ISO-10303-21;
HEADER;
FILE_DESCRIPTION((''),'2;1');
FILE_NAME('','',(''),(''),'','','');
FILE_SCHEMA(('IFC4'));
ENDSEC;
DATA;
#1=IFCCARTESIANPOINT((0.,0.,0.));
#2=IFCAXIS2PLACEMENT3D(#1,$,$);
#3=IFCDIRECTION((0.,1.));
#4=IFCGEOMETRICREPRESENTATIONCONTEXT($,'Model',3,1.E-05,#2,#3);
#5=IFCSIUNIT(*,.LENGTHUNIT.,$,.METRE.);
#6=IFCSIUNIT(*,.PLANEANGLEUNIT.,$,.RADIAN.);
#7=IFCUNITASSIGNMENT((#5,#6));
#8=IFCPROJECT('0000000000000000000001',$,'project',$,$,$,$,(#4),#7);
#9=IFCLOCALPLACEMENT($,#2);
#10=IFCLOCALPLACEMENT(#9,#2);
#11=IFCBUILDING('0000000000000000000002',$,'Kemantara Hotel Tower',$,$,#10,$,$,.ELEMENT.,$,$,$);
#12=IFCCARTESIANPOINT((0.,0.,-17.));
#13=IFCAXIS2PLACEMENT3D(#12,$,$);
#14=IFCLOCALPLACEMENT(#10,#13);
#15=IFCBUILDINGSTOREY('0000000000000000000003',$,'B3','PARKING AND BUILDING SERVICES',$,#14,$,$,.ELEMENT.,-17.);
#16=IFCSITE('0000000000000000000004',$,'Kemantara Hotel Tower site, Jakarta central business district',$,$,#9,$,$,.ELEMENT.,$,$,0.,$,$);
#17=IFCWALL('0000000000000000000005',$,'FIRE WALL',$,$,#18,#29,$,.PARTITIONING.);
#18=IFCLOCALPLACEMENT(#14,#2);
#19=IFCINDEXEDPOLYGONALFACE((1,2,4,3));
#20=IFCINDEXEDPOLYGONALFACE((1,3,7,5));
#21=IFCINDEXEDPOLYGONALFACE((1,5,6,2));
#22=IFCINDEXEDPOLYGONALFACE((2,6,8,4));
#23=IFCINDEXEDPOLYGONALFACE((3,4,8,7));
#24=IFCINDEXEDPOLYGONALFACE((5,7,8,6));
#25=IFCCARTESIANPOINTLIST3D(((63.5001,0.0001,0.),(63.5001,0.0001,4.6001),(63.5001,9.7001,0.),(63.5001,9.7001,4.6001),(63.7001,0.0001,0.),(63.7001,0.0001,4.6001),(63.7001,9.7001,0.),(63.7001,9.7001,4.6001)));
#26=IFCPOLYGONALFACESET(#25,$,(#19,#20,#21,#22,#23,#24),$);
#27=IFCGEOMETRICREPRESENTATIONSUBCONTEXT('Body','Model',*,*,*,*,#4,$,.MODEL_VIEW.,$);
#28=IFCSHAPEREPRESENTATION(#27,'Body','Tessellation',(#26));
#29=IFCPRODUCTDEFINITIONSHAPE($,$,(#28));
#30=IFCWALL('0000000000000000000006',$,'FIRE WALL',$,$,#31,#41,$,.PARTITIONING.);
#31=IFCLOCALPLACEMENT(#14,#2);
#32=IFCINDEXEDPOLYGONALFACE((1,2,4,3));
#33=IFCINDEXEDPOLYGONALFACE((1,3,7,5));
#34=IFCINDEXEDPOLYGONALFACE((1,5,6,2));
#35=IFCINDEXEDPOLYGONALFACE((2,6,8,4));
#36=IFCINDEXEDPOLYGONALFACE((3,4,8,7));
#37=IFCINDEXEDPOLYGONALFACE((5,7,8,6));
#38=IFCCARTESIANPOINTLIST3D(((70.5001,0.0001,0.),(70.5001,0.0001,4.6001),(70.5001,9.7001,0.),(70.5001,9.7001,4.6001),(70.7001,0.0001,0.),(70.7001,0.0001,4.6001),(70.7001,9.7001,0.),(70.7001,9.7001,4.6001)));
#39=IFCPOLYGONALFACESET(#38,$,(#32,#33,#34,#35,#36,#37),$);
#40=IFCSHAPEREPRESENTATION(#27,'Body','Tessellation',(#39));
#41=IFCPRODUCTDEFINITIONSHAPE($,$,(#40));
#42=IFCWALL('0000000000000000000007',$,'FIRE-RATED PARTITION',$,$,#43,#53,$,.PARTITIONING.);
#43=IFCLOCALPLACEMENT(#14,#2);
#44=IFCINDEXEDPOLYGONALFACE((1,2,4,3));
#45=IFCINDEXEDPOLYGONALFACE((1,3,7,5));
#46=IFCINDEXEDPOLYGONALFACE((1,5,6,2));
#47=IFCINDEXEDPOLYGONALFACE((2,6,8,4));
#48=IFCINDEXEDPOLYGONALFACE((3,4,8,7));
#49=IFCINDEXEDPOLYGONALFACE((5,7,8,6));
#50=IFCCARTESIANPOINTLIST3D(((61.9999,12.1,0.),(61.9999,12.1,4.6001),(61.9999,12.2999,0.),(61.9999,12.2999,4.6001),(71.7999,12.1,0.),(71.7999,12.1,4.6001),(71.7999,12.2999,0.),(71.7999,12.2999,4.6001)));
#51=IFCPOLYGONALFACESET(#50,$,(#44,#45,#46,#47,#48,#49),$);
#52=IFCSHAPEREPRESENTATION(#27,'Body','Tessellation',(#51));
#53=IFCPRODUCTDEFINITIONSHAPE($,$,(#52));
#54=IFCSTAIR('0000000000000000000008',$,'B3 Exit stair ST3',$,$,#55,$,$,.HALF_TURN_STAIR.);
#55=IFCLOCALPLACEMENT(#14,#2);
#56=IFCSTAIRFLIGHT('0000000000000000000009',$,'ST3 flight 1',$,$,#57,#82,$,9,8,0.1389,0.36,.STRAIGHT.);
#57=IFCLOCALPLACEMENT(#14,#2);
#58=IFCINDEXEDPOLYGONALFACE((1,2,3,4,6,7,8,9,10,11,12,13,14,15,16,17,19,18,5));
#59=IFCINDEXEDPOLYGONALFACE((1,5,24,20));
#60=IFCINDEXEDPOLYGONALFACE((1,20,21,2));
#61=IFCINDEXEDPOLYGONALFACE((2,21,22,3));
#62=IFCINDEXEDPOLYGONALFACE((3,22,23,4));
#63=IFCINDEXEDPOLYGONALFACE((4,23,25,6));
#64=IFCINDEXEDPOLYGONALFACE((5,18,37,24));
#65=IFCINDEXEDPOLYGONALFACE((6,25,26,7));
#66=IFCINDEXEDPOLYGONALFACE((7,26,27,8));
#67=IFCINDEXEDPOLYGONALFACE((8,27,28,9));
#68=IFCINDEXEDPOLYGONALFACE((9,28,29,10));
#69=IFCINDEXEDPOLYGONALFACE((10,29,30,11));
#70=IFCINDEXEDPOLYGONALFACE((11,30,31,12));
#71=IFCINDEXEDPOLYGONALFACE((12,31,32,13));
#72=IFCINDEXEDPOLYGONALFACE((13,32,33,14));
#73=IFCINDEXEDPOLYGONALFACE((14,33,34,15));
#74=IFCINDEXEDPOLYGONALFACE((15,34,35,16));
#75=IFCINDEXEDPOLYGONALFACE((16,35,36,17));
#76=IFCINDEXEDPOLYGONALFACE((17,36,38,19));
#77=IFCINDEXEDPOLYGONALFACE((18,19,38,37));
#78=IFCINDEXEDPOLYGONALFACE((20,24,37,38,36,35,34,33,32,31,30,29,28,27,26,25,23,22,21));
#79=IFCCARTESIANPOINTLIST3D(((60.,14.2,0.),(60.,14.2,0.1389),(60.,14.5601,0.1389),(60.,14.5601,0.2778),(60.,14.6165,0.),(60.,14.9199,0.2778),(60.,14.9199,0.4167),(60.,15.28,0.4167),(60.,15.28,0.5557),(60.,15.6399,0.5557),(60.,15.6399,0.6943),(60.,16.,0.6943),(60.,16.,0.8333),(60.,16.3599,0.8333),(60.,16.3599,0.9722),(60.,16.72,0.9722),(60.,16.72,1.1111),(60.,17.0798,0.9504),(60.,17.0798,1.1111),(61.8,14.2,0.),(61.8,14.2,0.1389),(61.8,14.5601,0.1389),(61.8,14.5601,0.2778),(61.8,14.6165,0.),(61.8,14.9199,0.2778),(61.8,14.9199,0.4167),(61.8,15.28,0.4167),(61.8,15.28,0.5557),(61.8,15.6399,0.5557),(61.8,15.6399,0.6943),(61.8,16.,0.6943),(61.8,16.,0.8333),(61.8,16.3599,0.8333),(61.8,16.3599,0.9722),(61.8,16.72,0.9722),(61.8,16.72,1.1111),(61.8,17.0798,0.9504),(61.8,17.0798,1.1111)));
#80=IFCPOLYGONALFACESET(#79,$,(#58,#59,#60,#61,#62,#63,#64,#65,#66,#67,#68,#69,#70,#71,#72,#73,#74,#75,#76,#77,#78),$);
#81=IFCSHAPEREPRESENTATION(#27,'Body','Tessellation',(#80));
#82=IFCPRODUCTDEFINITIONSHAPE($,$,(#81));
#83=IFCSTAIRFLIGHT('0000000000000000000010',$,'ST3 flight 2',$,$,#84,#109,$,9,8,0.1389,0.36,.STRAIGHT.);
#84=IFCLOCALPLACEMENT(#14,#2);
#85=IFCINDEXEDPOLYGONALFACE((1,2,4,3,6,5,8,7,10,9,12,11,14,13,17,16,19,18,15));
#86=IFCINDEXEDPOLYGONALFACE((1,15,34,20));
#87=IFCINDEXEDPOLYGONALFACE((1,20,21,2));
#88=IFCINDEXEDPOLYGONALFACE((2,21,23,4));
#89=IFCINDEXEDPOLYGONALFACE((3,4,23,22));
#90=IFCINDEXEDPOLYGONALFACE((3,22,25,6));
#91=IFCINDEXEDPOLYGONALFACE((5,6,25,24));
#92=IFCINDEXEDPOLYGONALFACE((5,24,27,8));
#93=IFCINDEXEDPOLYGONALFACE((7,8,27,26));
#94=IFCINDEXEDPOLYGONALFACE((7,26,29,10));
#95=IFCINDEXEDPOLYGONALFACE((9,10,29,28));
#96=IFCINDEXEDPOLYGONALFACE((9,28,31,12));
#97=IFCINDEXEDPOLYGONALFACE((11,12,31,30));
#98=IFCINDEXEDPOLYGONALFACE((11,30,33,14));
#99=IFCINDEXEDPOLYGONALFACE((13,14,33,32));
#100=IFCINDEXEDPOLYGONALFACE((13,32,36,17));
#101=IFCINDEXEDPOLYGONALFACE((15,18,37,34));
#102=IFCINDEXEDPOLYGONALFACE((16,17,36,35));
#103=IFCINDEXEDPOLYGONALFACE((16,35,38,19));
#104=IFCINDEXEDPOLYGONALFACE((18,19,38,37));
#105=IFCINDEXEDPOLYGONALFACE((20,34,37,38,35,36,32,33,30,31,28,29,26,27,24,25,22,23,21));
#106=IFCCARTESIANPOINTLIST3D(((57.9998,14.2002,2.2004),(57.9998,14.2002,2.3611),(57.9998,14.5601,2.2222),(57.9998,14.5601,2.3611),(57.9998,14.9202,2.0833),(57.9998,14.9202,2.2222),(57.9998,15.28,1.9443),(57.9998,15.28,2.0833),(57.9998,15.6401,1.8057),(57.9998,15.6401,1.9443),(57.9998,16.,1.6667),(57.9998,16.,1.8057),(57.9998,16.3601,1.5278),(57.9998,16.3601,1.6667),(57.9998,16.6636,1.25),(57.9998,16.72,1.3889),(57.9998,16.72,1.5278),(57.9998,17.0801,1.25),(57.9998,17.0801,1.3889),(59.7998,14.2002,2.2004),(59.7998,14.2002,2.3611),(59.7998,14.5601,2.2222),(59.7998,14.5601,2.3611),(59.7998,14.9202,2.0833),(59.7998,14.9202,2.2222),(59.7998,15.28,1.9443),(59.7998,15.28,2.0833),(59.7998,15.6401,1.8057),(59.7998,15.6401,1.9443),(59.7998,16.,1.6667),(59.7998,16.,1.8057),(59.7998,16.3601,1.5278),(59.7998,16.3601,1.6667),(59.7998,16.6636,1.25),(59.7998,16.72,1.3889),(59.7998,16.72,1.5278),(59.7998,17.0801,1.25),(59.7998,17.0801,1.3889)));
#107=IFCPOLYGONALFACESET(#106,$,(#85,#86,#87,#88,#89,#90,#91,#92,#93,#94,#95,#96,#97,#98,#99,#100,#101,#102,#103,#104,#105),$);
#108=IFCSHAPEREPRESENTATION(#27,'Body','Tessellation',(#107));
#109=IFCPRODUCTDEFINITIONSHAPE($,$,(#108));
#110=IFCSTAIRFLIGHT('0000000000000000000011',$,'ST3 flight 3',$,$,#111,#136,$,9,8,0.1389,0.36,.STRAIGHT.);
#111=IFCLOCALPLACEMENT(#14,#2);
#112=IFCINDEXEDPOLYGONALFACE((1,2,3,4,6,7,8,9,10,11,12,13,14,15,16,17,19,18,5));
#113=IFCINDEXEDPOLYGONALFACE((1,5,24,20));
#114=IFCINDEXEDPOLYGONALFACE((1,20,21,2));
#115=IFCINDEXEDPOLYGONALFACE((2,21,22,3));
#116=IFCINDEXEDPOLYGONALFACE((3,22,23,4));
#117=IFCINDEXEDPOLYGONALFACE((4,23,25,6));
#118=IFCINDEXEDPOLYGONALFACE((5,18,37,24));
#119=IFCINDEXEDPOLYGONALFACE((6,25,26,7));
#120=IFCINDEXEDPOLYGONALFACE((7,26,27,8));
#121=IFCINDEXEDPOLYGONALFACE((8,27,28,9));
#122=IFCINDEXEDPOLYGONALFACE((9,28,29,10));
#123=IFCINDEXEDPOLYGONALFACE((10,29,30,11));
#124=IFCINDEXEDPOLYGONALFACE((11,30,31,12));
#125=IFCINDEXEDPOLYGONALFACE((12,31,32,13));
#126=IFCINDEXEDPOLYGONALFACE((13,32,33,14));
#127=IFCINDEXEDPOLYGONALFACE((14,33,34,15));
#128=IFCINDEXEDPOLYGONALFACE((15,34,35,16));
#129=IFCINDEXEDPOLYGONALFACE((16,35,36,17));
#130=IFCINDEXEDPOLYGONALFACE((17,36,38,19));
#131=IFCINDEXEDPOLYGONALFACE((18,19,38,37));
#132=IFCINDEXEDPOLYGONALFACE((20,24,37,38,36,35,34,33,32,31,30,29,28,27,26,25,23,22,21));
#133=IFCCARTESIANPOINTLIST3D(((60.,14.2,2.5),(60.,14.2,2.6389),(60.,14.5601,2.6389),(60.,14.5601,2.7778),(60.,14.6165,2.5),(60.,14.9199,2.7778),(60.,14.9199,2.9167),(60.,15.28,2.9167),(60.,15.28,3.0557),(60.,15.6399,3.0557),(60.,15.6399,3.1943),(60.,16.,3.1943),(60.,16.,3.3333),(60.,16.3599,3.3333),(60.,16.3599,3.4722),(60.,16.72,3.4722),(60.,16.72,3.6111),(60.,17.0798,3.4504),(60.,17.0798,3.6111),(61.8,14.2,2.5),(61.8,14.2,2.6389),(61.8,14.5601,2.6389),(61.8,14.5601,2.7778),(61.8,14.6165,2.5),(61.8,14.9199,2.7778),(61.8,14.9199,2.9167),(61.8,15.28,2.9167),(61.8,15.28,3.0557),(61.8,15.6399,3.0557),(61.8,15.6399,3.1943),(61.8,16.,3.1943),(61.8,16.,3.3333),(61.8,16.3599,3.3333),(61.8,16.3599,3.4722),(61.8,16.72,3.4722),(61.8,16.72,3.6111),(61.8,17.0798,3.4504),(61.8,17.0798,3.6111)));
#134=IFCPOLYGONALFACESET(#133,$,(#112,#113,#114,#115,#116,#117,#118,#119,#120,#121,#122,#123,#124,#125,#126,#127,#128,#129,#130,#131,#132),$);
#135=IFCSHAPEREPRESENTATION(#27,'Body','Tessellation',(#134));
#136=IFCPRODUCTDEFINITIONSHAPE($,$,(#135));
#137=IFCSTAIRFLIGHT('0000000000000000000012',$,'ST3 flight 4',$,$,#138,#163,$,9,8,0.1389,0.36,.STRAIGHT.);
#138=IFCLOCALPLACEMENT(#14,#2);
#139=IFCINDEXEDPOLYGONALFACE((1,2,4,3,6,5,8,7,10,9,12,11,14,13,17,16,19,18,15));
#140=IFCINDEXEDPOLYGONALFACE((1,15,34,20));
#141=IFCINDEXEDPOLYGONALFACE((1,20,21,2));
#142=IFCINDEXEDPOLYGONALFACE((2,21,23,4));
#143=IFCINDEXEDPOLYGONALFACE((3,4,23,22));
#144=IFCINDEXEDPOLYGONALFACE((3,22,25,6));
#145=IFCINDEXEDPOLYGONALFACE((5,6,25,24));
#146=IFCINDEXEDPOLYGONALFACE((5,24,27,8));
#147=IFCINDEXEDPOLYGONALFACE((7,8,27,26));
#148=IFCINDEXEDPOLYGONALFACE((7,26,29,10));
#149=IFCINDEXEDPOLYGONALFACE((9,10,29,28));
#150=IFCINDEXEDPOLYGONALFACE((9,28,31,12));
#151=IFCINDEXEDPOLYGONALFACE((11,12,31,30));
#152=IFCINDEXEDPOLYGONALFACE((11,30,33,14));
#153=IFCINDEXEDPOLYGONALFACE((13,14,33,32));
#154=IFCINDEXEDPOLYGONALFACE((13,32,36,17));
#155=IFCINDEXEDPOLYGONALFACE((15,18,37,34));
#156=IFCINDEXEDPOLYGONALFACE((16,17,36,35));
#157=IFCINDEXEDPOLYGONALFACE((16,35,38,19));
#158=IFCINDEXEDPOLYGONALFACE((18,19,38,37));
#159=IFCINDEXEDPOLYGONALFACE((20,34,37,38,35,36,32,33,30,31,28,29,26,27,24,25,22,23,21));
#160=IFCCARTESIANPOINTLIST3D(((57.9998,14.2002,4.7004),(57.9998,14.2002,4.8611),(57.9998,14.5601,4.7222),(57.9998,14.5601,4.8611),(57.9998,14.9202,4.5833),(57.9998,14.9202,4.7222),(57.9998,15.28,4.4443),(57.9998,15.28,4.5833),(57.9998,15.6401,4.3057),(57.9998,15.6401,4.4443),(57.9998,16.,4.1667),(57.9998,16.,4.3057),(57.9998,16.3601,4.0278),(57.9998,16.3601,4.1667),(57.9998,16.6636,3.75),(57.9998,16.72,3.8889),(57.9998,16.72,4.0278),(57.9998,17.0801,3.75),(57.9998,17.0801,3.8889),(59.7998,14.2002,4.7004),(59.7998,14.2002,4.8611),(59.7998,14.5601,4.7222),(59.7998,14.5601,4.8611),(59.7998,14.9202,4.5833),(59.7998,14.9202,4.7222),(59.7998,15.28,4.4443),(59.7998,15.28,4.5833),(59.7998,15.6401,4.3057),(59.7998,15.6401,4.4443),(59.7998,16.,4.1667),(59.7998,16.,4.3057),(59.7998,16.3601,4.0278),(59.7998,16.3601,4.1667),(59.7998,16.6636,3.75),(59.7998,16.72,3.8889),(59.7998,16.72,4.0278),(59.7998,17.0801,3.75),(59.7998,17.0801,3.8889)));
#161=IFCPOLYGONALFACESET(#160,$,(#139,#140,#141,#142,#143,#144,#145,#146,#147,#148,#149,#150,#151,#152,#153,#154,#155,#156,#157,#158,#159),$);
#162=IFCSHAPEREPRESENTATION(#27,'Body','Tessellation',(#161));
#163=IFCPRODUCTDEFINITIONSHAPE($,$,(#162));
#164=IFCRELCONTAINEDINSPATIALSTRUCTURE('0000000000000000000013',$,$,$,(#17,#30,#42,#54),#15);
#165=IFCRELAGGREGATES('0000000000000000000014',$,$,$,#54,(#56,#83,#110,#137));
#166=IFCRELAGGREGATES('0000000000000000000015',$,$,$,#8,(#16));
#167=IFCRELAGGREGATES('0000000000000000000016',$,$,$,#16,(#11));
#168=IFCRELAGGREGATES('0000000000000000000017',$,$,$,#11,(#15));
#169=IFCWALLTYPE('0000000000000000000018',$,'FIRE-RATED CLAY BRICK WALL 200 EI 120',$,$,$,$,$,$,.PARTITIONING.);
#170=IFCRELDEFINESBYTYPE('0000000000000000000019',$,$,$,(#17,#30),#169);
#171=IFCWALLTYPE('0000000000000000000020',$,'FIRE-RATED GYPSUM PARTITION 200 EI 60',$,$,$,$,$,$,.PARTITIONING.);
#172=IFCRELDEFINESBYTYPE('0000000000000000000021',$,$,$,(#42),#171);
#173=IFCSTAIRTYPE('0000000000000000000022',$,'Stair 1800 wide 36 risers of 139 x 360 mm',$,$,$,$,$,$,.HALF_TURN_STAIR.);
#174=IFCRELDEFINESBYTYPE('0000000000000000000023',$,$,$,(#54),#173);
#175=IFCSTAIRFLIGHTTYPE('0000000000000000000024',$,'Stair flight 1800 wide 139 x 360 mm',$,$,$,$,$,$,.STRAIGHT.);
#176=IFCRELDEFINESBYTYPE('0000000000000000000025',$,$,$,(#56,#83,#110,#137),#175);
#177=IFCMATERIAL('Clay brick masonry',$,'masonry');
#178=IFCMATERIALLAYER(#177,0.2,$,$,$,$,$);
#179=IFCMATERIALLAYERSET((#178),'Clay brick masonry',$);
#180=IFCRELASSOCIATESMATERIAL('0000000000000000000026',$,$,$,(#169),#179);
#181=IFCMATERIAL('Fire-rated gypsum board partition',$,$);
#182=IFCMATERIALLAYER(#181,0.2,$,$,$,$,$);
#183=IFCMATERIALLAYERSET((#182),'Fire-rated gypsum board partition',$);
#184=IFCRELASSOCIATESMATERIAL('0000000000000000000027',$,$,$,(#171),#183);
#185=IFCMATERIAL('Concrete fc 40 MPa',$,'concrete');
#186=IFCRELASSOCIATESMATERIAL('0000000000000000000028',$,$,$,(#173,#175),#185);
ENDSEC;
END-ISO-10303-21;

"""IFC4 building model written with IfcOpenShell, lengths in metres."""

from ifc_helpers import new_model, si_unit, direction, frame, frame_2d, origin, place, context, subcontext, project, spatial, polyline, rectangle, outline, extrude, material, layer, layer_set, type_object, element, aggregate, save


model = new_model("IFC4")

# Units and contexts
model_context = context("Model", 3, precision=1e-05, world=origin(), true_north=direction((0.0, 1.0)))
body_context = subcontext(model_context, "Body", "Model", "MODEL_VIEW")
ifc_project = project(units=[si_unit("LENGTHUNIT", "METRE"), si_unit("PLANEANGLEUNIT", "RADIAN")], contexts=[model_context])

# Site, building, storey
site_placement = place(None, origin())
site = spatial("IfcSite", under=ifc_project, at=site_placement, Name="Kemantara Hotel Tower site, Jakarta central business district", CompositionType="ELEMENT", RefElevation=0.0)
building_placement = place(site_placement, origin())
building = spatial("IfcBuilding", under=site, at=building_placement, Name="Kemantara Hotel Tower", CompositionType="ELEMENT")
storey_placement = place(building_placement, frame((0.0, 0.0, -17.0)))
storey = spatial("IfcBuildingStorey", under=building, at=storey_placement, Name="B3", Description="PARKING AND BUILDING SERVICES", CompositionType="ELEMENT", Elevation=-17.0)

# Shared definitions
ifc_material_1 = material(Name="Concrete fc 40 MPa", Category="concrete")

# Walls
ifc_material_2 = material(Name="Clay brick masonry", Category="masonry")
ifc_layer_1 = layer(ifc_material_2, 0.2)
ifc_layer_set_1 = layer_set([ifc_layer_1], Name="Clay brick masonry")
wall_type_1 = type_object("IfcWallType", Name="FIRE-RATED CLAY BRICK WALL 200 EI 120", PredefinedType="PARTITIONING", material=ifc_layer_set_1)
for number, where, z_axis, x_axis, name in (
    (1, (63.6001, 0.0, 0.0), (0.0, 0.0, 1.0), (0.0, 1.0, 0.0), "FIRE WALL"),
    (2, (70.6001, 0.0, 0.0), (0.0, 0.0, 1.0), (0.0, 1.0, 0.0), "FIRE WALL"),
):
    element("IfcWall", number, at=place(storey_placement, frame(where, z_axis=z_axis, x_axis=x_axis)), inside=storey, type_object=wall_type_1, Name=name, PredefinedType="PARTITIONING", context=body_context, shape_type="SweptSolid", body=[
        extrude(rectangle(XDim=9.7, YDim=0.2, at=frame_2d((4.8501, 0.0))), origin(), (0.0, 0.0, 1.0), 4.6001),
    ])
ifc_material_3 = material(Name="Fire-rated gypsum board partition")
ifc_layer_2 = layer(ifc_material_3, 0.2)
ifc_layer_set_2 = layer_set([ifc_layer_2], Name="Fire-rated gypsum board partition")
wall_type_2 = type_object("IfcWallType", Name="FIRE-RATED GYPSUM PARTITION 200 EI 60", PredefinedType="PARTITIONING", material=ifc_layer_set_2)
wall_1_placement = place(storey_placement, frame((62.0, 12.2, 0.0), z_axis=(0.0, 0.0, 1.0), x_axis=(1.0, 0.0, 0.0)))
element("IfcWall", 3, at=wall_1_placement, inside=storey, type_object=wall_type_2, Name="FIRE-RATED PARTITION", PredefinedType="PARTITIONING", context=body_context, shape_type="SweptSolid", body=[
    extrude(rectangle(XDim=9.8, YDim=0.2, at=frame_2d((4.8999, 0.0))), origin(), (0.0, 0.0, 1.0), 4.6001),
])

# Stair, stair flights
stair_type = type_object("IfcStairType", Name="Stair 1800 wide 36 risers of 139 x 360 mm", PredefinedType="HALF_TURN_STAIR", material=ifc_material_1)
stair_placement = place(storey_placement, origin())
stair = element("IfcStair", 4, at=stair_placement, inside=storey, type_object=stair_type, Name="B3 Exit stair ST3", PredefinedType="HALF_TURN_STAIR")
stair_flight_type = type_object("IfcStairFlightType", Name="Stair flight 1800 wide 139 x 360 mm", PredefinedType="STRAIGHT", material=ifc_material_1)
stair_flight_1_placement = place(storey_placement, frame((60.8999, 14.2, 0.0), z_axis=(0.0, 0.0, 1.0), x_axis=(0.0, 1.0, 0.0)))
stair_flight_1 = element("IfcStairFlight", 5, at=stair_flight_1_placement, type_object=stair_flight_type, Name="ST3 flight 1", NumberOfRisers=9, NumberOfTreads=8, PredefinedType="STRAIGHT", RiserHeight=0.1389, TreadLength=0.36, context=body_context, shape_type="SweptSolid", body=[
    extrude(outline(polyline([(0.0, 0.0), (0.0, 0.1389), (0.3601, 0.1389), (0.3601, 0.2778), (0.72, 0.2778), (0.72, 0.4167), (1.0801, 0.4167), (1.0801, 0.5557), (1.4399, 0.5557), (1.4399, 0.6943), (1.8, 0.6943), (1.8, 0.8333), (2.1599, 0.8333), (2.1599, 0.9722), (2.52, 0.9722), (2.52, 1.1111), (2.8799, 1.1111), (2.8799, 1.25), (2.8799, 0.9504), (0.4165, 0.0), (0.0, 0.0)])), frame((0.0, 0.8999, 0.0), z_axis=(0.0, -1.0, 0.0), x_axis=(1.0, 0.0, 0.0)), (0.0, 0.0, 1.0), 1.8),
])
stair_flight_2_placement = place(storey_placement, frame((58.8999, 17.0801, 1.25), z_axis=(0.0, 0.0, 1.0), x_axis=(0.0, -1.0, 0.0)))
stair_flight_2 = element("IfcStairFlight", 6, at=stair_flight_2_placement, type_object=stair_flight_type, Name="ST3 flight 2", NumberOfRisers=9, NumberOfTreads=8, PredefinedType="STRAIGHT", RiserHeight=0.1389, TreadLength=0.36, context=body_context, shape_type="SweptSolid", body=[
    extrude(outline(polyline([(0.0, 0.0), (0.0, 0.1389), (0.3601, 0.1389), (0.3601, 0.2778), (0.72, 0.2778), (0.72, 0.4167), (1.0801, 0.4167), (1.0801, 0.5557), (1.4399, 0.5557), (1.4399, 0.6943), (1.8, 0.6943), (1.8, 0.8333), (2.1599, 0.8333), (2.1599, 0.9722), (2.52, 0.9722), (2.52, 1.1111), (2.8799, 1.1111), (2.8799, 1.25), (2.8799, 0.9504), (0.4165, 0.0), (0.0, 0.0)])), frame((0.0, 0.8999, 0.0), z_axis=(0.0, -1.0, 0.0), x_axis=(1.0, 0.0, 0.0)), (0.0, 0.0, 1.0), 1.8),
])
stair_flight_3_placement = place(storey_placement, frame((60.8999, 14.2, 2.5), z_axis=(0.0, 0.0, 1.0), x_axis=(0.0, 1.0, 0.0)))
stair_flight_3 = element("IfcStairFlight", 7, at=stair_flight_3_placement, type_object=stair_flight_type, Name="ST3 flight 3", NumberOfRisers=9, NumberOfTreads=8, PredefinedType="STRAIGHT", RiserHeight=0.1389, TreadLength=0.36, context=body_context, shape_type="SweptSolid", body=[
    extrude(outline(polyline([(0.0, 0.0), (0.0, 0.1389), (0.3601, 0.1389), (0.3601, 0.2778), (0.72, 0.2778), (0.72, 0.4167), (1.0801, 0.4167), (1.0801, 0.5557), (1.4399, 0.5557), (1.4399, 0.6943), (1.8, 0.6943), (1.8, 0.8333), (2.1599, 0.8333), (2.1599, 0.9722), (2.52, 0.9722), (2.52, 1.1111), (2.8799, 1.1111), (2.8799, 1.25), (2.8799, 0.9504), (0.4165, 0.0), (0.0, 0.0)])), frame((0.0, 0.8999, 0.0), z_axis=(0.0, -1.0, 0.0), x_axis=(1.0, 0.0, 0.0)), (0.0, 0.0, 1.0), 1.8),
])
stair_flight_4_placement = place(storey_placement, frame((58.8999, 17.0801, 3.75), z_axis=(0.0, 0.0, 1.0), x_axis=(0.0, -1.0, 0.0)))
stair_flight_4 = element("IfcStairFlight", 8, at=stair_flight_4_placement, type_object=stair_flight_type, Name="ST3 flight 4", NumberOfRisers=9, NumberOfTreads=8, PredefinedType="STRAIGHT", RiserHeight=0.1389, TreadLength=0.36, context=body_context, shape_type="SweptSolid", body=[
    extrude(outline(polyline([(0.0, 0.0), (0.0, 0.1389), (0.3601, 0.1389), (0.3601, 0.2778), (0.72, 0.2778), (0.72, 0.4167), (1.0801, 0.4167), (1.0801, 0.5557), (1.4399, 0.5557), (1.4399, 0.6943), (1.8, 0.6943), (1.8, 0.8333), (2.1599, 0.8333), (2.1599, 0.9722), (2.52, 0.9722), (2.52, 1.1111), (2.8799, 1.1111), (2.8799, 1.25), (2.8799, 0.9504), (0.4165, 0.0), (0.0, 0.0)])), frame((0.0, 0.8999, 0.0), z_axis=(0.0, -1.0, 0.0), x_axis=(1.0, 0.0, 0.0)), (0.0, 0.0, 1.0), 1.8),
])
aggregate(stair, [stair_flight_1, stair_flight_2, stair_flight_3, stair_flight_4])

save(model, "model.ifc")
